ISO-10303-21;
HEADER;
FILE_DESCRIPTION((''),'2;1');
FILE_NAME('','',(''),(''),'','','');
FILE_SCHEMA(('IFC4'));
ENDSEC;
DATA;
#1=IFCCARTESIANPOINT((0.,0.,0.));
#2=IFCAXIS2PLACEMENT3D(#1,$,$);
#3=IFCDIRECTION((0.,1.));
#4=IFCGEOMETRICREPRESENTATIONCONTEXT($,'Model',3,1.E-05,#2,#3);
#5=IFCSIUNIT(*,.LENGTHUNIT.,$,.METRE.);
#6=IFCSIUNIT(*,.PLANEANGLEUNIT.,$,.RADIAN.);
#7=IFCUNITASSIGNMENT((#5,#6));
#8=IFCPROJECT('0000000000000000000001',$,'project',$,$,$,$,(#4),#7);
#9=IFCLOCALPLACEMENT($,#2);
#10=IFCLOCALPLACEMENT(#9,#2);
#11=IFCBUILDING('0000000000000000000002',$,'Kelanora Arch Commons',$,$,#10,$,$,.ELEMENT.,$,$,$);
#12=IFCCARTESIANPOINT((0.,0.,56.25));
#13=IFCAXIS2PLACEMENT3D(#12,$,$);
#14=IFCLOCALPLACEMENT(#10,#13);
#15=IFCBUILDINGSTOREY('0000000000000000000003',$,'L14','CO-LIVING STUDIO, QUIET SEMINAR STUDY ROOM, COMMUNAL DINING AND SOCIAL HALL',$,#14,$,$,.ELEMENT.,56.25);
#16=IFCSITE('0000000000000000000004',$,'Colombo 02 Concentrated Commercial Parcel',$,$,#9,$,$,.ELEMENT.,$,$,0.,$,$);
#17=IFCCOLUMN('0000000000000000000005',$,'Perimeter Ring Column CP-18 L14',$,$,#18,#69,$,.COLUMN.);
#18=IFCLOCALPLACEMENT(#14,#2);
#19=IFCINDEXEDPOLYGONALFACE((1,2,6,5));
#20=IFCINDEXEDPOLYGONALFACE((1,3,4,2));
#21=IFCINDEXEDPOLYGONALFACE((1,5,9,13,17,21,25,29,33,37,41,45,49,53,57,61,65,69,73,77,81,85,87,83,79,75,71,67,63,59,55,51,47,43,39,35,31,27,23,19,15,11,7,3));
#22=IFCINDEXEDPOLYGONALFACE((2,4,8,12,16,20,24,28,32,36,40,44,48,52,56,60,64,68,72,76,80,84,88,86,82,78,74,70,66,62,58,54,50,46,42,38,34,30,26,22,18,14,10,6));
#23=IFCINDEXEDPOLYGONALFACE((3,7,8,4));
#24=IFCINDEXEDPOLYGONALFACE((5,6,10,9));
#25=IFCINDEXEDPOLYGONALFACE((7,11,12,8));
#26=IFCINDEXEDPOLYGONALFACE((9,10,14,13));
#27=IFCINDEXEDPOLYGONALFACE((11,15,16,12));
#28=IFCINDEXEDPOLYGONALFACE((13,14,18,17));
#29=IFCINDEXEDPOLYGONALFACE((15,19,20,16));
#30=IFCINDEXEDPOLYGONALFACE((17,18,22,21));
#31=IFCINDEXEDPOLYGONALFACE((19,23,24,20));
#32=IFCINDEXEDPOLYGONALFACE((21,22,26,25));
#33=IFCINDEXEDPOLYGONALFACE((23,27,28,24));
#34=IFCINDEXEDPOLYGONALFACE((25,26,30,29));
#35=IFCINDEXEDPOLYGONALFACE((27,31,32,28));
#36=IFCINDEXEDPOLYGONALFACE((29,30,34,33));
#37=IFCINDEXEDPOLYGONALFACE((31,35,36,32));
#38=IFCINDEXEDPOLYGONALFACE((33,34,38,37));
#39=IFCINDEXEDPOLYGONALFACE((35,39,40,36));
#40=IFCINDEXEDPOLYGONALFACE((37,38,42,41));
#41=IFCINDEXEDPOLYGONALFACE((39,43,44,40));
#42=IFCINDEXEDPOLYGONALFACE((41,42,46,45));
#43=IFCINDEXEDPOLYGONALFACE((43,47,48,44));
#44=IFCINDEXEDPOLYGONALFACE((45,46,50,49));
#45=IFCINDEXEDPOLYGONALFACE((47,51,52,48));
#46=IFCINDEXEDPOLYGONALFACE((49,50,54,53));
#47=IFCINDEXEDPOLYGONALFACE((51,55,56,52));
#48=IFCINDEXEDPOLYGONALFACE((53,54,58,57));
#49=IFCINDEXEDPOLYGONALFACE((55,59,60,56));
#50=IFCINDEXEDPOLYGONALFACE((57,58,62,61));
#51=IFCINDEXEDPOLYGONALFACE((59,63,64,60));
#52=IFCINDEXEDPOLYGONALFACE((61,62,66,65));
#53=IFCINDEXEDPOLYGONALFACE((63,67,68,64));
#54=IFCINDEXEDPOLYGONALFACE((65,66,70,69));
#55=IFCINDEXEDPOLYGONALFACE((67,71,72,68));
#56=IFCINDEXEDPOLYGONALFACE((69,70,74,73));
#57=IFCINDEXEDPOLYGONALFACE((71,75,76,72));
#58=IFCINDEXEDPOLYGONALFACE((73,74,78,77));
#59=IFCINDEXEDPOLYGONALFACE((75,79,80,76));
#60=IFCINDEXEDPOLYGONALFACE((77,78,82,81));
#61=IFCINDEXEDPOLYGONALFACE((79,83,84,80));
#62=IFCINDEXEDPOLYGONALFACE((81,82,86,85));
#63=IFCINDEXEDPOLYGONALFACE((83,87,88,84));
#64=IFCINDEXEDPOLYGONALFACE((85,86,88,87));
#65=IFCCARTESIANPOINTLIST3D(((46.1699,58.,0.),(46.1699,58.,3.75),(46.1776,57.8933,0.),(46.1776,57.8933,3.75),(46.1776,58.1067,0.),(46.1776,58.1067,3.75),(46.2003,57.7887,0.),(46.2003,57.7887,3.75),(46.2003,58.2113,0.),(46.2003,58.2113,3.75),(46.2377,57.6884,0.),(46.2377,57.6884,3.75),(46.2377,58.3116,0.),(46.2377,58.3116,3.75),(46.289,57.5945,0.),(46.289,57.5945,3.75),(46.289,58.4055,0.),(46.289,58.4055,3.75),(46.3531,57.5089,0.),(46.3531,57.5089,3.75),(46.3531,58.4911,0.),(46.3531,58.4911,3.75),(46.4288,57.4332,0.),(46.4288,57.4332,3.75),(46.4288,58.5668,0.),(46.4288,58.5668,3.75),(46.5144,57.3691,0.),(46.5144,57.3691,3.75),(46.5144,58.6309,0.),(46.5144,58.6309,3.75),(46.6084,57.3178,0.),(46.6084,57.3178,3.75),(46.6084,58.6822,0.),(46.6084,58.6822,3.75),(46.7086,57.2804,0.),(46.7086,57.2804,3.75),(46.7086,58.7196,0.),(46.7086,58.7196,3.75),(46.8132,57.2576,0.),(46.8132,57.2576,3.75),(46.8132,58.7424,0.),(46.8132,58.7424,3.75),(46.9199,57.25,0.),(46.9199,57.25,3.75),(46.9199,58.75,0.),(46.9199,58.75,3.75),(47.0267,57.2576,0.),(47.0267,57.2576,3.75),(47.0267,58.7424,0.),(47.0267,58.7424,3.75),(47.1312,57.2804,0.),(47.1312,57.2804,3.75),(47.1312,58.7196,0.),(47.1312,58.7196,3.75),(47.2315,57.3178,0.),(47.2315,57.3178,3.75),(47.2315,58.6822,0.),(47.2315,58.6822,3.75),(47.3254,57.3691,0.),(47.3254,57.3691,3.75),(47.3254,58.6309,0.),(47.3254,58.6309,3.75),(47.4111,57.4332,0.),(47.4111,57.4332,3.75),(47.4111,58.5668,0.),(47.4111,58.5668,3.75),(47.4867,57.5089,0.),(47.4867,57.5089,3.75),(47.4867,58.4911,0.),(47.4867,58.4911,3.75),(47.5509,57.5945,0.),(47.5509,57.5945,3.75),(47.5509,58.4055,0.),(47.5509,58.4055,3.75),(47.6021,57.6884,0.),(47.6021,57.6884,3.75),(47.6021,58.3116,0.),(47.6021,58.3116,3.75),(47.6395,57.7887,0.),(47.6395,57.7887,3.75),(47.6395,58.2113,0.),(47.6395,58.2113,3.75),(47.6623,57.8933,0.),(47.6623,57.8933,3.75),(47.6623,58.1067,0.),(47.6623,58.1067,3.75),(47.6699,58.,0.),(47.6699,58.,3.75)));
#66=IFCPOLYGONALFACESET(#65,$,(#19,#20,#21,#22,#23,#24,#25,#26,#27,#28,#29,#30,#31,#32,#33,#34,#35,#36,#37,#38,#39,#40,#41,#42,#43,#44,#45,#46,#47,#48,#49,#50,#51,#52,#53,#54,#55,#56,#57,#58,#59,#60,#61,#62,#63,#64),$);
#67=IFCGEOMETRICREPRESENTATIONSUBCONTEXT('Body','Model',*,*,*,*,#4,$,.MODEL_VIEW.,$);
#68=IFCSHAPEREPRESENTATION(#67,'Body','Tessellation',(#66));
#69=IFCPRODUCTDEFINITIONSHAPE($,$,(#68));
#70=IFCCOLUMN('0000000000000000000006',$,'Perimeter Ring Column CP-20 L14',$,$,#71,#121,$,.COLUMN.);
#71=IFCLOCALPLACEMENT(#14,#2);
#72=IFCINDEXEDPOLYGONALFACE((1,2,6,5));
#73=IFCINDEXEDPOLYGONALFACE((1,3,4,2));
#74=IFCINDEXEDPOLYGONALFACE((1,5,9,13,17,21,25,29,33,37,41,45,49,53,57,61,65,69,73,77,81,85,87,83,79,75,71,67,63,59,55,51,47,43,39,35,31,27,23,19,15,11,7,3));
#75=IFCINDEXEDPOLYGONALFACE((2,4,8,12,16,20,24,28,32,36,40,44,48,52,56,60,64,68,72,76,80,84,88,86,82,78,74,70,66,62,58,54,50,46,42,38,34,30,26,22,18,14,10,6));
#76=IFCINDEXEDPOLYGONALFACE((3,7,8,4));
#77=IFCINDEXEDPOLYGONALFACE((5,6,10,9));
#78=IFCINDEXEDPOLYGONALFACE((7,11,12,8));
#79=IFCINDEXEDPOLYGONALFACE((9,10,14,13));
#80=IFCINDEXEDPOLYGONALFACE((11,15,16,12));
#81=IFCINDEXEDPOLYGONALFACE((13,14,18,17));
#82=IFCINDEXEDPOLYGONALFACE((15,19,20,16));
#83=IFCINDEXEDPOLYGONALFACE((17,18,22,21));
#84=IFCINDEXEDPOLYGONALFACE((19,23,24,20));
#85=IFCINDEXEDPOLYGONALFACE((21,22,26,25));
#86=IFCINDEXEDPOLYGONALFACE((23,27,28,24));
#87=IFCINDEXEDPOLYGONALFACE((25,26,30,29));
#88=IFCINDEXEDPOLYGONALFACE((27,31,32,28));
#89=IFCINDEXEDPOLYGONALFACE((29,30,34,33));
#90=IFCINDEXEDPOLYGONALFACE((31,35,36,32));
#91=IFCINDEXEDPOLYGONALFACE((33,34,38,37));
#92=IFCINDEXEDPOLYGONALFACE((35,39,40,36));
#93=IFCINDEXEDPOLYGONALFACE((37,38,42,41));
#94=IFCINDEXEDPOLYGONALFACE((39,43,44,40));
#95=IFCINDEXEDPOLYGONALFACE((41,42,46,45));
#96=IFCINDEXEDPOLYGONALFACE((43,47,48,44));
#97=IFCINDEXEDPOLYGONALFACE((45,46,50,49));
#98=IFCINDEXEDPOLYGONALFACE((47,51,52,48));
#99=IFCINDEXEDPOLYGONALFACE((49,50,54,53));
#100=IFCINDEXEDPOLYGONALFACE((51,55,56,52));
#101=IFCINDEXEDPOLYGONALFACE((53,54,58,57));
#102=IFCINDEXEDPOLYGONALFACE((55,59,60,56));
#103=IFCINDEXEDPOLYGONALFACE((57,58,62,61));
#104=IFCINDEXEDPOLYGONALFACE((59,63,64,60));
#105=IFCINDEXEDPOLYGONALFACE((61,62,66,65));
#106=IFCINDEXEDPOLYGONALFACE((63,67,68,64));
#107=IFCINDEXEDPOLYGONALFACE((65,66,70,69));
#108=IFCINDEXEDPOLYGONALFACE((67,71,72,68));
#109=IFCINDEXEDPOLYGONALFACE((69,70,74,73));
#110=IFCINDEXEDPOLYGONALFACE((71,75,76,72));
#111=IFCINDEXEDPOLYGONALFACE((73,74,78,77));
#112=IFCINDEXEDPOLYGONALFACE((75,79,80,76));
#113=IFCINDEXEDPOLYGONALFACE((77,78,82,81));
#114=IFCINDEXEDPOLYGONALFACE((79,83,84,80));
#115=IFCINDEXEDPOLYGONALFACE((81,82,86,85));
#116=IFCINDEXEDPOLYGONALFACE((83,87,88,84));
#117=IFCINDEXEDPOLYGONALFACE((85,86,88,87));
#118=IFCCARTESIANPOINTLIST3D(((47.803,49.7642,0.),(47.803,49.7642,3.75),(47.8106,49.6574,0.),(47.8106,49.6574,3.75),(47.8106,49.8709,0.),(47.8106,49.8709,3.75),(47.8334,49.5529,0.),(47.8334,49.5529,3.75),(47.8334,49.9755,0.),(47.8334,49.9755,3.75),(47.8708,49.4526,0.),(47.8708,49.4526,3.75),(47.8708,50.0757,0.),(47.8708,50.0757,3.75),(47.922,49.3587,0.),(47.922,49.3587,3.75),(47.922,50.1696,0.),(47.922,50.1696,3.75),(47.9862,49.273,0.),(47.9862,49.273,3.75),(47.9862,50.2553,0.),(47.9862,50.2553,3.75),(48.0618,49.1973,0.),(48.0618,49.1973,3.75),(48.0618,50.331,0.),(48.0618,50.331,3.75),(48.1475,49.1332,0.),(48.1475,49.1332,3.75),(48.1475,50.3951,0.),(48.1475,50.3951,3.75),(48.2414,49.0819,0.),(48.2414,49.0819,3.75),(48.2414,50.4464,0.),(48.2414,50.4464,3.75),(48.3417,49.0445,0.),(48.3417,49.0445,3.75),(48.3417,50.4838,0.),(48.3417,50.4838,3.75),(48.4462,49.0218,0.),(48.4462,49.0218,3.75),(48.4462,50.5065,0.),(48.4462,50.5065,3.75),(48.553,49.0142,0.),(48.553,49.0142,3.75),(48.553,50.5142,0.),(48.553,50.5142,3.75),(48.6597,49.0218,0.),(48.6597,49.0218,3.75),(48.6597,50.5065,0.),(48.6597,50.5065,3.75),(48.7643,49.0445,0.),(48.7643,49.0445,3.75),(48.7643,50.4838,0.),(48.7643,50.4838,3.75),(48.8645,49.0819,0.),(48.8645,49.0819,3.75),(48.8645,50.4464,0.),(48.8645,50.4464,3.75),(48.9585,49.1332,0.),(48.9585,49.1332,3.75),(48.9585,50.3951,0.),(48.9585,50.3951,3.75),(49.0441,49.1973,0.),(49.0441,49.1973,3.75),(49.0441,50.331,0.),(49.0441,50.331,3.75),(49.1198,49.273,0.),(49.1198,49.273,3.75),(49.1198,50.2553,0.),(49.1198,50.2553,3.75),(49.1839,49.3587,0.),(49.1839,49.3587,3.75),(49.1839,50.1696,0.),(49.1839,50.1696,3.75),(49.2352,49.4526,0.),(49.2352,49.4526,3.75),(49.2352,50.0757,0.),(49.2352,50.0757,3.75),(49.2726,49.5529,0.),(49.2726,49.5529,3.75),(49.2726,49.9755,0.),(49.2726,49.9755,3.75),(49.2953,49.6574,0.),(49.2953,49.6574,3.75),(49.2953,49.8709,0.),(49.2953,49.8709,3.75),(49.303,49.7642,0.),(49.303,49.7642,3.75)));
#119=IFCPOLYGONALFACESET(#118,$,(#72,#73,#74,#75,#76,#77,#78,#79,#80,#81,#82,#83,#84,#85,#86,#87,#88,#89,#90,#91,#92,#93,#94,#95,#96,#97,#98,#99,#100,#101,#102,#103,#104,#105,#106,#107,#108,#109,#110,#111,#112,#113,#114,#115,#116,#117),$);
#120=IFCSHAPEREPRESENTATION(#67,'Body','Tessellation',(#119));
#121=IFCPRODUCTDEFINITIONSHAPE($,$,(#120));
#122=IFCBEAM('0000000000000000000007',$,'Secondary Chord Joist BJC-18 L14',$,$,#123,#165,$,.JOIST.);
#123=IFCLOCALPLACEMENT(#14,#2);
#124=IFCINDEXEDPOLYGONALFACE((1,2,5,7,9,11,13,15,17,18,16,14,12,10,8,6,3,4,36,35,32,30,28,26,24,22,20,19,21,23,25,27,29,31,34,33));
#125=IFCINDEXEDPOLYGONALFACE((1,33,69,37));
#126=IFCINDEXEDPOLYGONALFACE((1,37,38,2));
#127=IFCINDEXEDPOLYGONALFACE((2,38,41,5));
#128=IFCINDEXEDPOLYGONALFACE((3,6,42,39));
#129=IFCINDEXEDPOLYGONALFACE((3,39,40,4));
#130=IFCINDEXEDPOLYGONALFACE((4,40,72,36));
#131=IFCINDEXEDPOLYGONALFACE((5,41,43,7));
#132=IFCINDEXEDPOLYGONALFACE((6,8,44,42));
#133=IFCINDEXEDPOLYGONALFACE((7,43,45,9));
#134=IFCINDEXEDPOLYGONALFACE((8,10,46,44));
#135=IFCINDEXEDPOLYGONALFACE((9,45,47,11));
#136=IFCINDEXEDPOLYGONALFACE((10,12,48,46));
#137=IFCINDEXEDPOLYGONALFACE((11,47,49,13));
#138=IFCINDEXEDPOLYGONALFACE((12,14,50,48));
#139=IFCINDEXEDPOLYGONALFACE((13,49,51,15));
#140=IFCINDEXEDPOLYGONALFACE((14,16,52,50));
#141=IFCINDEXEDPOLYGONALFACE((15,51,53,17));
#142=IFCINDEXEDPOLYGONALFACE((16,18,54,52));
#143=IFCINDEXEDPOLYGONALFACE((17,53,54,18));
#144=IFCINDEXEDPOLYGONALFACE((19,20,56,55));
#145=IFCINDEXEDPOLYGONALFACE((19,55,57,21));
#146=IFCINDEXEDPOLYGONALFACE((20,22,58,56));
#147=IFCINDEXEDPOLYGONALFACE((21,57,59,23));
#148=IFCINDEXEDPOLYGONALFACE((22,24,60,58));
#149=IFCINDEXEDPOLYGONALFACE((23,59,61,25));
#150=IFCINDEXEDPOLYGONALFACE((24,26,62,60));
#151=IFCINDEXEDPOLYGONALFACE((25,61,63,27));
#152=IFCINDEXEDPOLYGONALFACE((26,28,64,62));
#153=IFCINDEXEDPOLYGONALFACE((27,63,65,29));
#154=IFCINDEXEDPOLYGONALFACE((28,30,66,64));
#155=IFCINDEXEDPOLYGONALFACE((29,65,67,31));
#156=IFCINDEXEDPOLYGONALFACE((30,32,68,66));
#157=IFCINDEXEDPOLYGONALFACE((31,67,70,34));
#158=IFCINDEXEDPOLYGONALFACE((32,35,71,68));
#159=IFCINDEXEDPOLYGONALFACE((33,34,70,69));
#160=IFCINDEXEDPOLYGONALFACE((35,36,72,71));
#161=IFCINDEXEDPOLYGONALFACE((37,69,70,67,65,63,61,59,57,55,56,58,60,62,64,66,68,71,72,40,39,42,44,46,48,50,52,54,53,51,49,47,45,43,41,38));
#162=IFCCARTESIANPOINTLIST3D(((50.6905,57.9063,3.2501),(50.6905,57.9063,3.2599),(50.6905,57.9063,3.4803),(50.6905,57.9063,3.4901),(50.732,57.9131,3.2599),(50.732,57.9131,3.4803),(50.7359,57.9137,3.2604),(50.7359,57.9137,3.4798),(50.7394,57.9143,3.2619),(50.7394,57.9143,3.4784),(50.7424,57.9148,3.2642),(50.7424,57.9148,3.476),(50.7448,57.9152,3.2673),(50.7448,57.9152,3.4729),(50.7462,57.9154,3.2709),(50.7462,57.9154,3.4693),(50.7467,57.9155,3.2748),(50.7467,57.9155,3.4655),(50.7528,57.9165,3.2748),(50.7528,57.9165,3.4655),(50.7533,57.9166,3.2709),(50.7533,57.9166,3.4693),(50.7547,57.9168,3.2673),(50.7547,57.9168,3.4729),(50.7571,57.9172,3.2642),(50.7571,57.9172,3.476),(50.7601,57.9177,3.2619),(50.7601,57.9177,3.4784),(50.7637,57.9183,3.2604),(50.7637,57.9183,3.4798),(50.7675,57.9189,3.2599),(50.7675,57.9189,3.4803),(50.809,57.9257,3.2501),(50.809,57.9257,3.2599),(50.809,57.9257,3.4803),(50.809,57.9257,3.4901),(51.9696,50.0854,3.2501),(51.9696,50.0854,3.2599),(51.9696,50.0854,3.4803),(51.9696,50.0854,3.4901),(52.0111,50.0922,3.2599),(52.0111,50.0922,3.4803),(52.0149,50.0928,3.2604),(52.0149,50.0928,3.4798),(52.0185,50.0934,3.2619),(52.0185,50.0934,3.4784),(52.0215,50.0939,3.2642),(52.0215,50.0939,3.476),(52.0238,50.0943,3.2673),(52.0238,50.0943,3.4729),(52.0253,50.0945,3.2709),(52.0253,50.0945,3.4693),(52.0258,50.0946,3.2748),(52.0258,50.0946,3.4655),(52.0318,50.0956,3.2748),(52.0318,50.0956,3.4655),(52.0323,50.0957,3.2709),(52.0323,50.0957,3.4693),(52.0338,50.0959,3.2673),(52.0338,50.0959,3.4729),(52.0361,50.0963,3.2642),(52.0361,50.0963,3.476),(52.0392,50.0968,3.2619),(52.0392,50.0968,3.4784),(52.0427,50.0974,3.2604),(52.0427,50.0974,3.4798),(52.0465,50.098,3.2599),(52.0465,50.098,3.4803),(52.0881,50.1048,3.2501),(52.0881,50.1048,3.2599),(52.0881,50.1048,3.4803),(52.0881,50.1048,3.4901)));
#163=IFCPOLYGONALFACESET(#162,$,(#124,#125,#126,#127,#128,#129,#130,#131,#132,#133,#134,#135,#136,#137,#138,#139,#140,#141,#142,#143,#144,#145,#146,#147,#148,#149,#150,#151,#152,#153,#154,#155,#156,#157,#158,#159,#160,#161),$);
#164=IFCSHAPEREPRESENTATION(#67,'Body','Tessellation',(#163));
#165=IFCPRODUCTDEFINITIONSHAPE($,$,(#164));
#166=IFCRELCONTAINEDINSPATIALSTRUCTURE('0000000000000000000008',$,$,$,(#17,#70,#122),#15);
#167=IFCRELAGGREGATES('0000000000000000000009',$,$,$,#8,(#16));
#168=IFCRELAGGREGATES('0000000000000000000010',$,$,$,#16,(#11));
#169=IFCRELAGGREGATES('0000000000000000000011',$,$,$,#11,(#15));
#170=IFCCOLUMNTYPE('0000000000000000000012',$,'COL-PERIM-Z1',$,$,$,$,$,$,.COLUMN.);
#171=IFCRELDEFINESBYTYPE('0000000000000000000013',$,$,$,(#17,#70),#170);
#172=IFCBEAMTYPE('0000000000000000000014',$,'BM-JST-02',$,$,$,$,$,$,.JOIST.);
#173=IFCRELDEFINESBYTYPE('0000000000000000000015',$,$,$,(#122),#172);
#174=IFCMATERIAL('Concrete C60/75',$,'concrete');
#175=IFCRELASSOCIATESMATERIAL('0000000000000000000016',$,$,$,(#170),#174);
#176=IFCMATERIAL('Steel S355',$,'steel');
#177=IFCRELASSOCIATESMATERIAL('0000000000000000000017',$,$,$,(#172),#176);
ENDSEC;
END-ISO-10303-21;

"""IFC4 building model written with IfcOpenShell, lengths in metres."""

from ifc_helpers import new_model, si_unit, direction, frame, origin, origin_2d, place, context, subcontext, project, spatial, circle, i_section, extrude, material, material_profile, profile_set, type_object, element, save


model = new_model("IFC4")

# Units and contexts
model_context = context("Model", 3, precision=1e-05, world=origin(), true_north=direction((0.0, 1.0)))
body_context = subcontext(model_context, "Body", "Model", "MODEL_VIEW")
ifc_project = project(units=[si_unit("LENGTHUNIT", "METRE"), si_unit("PLANEANGLEUNIT", "RADIAN")], contexts=[model_context])

# Site, building, storey
site_placement = place(None, origin())
site = spatial("IfcSite", under=ifc_project, at=site_placement, Name="Colombo 02 Concentrated Commercial Parcel", CompositionType="ELEMENT", RefElevation=0.0)
building_placement = place(site_placement, origin())
building = spatial("IfcBuilding", under=site, at=building_placement, Name="Kelanora Arch Commons", CompositionType="ELEMENT")
storey_placement = place(building_placement, frame((0.0, 0.0, 56.25)))
storey = spatial("IfcBuildingStorey", under=building, at=storey_placement, Name="L14", Description="CO-LIVING STUDIO, QUIET SEMINAR STUDY ROOM, COMMUNAL DINING AND SOCIAL HALL", CompositionType="ELEMENT", Elevation=56.25)

# Columns
ifc_material_1 = material(Name="Concrete C60/75", Category="concrete")
ifc_material_profile_1 = material_profile(ifc_material_1, circle(Radius=0.75, at=origin_2d()), Name="RCC1500")
ifc_profile_set_1 = profile_set([ifc_material_profile_1], Name="Concrete C60/75")
column_type = type_object("IfcColumnType", Name="COL-PERIM-Z1", PredefinedType="COLUMN", material=ifc_profile_set_1)
for number, where, z_axis, x_axis, name in (
    (1, (46.9199, 58.0, 0.0), (0.0, 0.0, 1.0), (1.0, 0.0, 0.0), "Perimeter Ring Column CP-18 L14"),
    (2, (48.553, 49.7642, 0.0), (0.0, 0.0, 1.0), (1.0, 0.0, 0.0), "Perimeter Ring Column CP-20 L14"),
):
    element("IfcColumn", number, at=place(storey_placement, frame(where, z_axis=z_axis, x_axis=x_axis)), inside=storey, type_object=column_type, Name=name, PredefinedType="COLUMN", context=body_context, shape_type="SweptSolid", body=[
        extrude(circle(Radius=0.75, at=origin_2d()), origin(), (0.0, 0.0, 1.0), 3.75),
    ])

# Beam
ifc_material_2 = material(Name="Steel S355", Category="steel")
ifc_material_profile_2 = material_profile(ifc_material_2, i_section(OverallWidth=0.1201, OverallDepth=0.24, WebThickness=0.0061, FlangeThickness=0.0098, FilletRadius=0.0149, at=origin_2d()), Name="IPE240")
ifc_profile_set_2 = profile_set([ifc_material_profile_2], Name="Steel S355")
beam_type_1 = type_object("IfcBeamType", Name="BM-JST-02", PredefinedType="JOIST", material=ifc_profile_set_2)
beam_1_placement = place(storey_placement, frame((50.7498, 57.916, 3.3701), z_axis=(0.161401, -0.986889, 0.0), x_axis=(0.986889, 0.161401, 0.0)))
element("IfcBeam", 3, at=beam_1_placement, inside=storey, type_object=beam_type_1, Name="Secondary Chord Joist BJC-18 L14", PredefinedType="JOIST", context=body_context, shape_type="SweptSolid", body=[
    extrude(i_section(OverallWidth=0.1201, OverallDepth=0.24, WebThickness=0.0061, FlangeThickness=0.0098, FilletRadius=0.0149, at=origin_2d()), origin(), (0.0, 0.0, 1.0), 7.9248),
])

save(model, "model.ifc")
